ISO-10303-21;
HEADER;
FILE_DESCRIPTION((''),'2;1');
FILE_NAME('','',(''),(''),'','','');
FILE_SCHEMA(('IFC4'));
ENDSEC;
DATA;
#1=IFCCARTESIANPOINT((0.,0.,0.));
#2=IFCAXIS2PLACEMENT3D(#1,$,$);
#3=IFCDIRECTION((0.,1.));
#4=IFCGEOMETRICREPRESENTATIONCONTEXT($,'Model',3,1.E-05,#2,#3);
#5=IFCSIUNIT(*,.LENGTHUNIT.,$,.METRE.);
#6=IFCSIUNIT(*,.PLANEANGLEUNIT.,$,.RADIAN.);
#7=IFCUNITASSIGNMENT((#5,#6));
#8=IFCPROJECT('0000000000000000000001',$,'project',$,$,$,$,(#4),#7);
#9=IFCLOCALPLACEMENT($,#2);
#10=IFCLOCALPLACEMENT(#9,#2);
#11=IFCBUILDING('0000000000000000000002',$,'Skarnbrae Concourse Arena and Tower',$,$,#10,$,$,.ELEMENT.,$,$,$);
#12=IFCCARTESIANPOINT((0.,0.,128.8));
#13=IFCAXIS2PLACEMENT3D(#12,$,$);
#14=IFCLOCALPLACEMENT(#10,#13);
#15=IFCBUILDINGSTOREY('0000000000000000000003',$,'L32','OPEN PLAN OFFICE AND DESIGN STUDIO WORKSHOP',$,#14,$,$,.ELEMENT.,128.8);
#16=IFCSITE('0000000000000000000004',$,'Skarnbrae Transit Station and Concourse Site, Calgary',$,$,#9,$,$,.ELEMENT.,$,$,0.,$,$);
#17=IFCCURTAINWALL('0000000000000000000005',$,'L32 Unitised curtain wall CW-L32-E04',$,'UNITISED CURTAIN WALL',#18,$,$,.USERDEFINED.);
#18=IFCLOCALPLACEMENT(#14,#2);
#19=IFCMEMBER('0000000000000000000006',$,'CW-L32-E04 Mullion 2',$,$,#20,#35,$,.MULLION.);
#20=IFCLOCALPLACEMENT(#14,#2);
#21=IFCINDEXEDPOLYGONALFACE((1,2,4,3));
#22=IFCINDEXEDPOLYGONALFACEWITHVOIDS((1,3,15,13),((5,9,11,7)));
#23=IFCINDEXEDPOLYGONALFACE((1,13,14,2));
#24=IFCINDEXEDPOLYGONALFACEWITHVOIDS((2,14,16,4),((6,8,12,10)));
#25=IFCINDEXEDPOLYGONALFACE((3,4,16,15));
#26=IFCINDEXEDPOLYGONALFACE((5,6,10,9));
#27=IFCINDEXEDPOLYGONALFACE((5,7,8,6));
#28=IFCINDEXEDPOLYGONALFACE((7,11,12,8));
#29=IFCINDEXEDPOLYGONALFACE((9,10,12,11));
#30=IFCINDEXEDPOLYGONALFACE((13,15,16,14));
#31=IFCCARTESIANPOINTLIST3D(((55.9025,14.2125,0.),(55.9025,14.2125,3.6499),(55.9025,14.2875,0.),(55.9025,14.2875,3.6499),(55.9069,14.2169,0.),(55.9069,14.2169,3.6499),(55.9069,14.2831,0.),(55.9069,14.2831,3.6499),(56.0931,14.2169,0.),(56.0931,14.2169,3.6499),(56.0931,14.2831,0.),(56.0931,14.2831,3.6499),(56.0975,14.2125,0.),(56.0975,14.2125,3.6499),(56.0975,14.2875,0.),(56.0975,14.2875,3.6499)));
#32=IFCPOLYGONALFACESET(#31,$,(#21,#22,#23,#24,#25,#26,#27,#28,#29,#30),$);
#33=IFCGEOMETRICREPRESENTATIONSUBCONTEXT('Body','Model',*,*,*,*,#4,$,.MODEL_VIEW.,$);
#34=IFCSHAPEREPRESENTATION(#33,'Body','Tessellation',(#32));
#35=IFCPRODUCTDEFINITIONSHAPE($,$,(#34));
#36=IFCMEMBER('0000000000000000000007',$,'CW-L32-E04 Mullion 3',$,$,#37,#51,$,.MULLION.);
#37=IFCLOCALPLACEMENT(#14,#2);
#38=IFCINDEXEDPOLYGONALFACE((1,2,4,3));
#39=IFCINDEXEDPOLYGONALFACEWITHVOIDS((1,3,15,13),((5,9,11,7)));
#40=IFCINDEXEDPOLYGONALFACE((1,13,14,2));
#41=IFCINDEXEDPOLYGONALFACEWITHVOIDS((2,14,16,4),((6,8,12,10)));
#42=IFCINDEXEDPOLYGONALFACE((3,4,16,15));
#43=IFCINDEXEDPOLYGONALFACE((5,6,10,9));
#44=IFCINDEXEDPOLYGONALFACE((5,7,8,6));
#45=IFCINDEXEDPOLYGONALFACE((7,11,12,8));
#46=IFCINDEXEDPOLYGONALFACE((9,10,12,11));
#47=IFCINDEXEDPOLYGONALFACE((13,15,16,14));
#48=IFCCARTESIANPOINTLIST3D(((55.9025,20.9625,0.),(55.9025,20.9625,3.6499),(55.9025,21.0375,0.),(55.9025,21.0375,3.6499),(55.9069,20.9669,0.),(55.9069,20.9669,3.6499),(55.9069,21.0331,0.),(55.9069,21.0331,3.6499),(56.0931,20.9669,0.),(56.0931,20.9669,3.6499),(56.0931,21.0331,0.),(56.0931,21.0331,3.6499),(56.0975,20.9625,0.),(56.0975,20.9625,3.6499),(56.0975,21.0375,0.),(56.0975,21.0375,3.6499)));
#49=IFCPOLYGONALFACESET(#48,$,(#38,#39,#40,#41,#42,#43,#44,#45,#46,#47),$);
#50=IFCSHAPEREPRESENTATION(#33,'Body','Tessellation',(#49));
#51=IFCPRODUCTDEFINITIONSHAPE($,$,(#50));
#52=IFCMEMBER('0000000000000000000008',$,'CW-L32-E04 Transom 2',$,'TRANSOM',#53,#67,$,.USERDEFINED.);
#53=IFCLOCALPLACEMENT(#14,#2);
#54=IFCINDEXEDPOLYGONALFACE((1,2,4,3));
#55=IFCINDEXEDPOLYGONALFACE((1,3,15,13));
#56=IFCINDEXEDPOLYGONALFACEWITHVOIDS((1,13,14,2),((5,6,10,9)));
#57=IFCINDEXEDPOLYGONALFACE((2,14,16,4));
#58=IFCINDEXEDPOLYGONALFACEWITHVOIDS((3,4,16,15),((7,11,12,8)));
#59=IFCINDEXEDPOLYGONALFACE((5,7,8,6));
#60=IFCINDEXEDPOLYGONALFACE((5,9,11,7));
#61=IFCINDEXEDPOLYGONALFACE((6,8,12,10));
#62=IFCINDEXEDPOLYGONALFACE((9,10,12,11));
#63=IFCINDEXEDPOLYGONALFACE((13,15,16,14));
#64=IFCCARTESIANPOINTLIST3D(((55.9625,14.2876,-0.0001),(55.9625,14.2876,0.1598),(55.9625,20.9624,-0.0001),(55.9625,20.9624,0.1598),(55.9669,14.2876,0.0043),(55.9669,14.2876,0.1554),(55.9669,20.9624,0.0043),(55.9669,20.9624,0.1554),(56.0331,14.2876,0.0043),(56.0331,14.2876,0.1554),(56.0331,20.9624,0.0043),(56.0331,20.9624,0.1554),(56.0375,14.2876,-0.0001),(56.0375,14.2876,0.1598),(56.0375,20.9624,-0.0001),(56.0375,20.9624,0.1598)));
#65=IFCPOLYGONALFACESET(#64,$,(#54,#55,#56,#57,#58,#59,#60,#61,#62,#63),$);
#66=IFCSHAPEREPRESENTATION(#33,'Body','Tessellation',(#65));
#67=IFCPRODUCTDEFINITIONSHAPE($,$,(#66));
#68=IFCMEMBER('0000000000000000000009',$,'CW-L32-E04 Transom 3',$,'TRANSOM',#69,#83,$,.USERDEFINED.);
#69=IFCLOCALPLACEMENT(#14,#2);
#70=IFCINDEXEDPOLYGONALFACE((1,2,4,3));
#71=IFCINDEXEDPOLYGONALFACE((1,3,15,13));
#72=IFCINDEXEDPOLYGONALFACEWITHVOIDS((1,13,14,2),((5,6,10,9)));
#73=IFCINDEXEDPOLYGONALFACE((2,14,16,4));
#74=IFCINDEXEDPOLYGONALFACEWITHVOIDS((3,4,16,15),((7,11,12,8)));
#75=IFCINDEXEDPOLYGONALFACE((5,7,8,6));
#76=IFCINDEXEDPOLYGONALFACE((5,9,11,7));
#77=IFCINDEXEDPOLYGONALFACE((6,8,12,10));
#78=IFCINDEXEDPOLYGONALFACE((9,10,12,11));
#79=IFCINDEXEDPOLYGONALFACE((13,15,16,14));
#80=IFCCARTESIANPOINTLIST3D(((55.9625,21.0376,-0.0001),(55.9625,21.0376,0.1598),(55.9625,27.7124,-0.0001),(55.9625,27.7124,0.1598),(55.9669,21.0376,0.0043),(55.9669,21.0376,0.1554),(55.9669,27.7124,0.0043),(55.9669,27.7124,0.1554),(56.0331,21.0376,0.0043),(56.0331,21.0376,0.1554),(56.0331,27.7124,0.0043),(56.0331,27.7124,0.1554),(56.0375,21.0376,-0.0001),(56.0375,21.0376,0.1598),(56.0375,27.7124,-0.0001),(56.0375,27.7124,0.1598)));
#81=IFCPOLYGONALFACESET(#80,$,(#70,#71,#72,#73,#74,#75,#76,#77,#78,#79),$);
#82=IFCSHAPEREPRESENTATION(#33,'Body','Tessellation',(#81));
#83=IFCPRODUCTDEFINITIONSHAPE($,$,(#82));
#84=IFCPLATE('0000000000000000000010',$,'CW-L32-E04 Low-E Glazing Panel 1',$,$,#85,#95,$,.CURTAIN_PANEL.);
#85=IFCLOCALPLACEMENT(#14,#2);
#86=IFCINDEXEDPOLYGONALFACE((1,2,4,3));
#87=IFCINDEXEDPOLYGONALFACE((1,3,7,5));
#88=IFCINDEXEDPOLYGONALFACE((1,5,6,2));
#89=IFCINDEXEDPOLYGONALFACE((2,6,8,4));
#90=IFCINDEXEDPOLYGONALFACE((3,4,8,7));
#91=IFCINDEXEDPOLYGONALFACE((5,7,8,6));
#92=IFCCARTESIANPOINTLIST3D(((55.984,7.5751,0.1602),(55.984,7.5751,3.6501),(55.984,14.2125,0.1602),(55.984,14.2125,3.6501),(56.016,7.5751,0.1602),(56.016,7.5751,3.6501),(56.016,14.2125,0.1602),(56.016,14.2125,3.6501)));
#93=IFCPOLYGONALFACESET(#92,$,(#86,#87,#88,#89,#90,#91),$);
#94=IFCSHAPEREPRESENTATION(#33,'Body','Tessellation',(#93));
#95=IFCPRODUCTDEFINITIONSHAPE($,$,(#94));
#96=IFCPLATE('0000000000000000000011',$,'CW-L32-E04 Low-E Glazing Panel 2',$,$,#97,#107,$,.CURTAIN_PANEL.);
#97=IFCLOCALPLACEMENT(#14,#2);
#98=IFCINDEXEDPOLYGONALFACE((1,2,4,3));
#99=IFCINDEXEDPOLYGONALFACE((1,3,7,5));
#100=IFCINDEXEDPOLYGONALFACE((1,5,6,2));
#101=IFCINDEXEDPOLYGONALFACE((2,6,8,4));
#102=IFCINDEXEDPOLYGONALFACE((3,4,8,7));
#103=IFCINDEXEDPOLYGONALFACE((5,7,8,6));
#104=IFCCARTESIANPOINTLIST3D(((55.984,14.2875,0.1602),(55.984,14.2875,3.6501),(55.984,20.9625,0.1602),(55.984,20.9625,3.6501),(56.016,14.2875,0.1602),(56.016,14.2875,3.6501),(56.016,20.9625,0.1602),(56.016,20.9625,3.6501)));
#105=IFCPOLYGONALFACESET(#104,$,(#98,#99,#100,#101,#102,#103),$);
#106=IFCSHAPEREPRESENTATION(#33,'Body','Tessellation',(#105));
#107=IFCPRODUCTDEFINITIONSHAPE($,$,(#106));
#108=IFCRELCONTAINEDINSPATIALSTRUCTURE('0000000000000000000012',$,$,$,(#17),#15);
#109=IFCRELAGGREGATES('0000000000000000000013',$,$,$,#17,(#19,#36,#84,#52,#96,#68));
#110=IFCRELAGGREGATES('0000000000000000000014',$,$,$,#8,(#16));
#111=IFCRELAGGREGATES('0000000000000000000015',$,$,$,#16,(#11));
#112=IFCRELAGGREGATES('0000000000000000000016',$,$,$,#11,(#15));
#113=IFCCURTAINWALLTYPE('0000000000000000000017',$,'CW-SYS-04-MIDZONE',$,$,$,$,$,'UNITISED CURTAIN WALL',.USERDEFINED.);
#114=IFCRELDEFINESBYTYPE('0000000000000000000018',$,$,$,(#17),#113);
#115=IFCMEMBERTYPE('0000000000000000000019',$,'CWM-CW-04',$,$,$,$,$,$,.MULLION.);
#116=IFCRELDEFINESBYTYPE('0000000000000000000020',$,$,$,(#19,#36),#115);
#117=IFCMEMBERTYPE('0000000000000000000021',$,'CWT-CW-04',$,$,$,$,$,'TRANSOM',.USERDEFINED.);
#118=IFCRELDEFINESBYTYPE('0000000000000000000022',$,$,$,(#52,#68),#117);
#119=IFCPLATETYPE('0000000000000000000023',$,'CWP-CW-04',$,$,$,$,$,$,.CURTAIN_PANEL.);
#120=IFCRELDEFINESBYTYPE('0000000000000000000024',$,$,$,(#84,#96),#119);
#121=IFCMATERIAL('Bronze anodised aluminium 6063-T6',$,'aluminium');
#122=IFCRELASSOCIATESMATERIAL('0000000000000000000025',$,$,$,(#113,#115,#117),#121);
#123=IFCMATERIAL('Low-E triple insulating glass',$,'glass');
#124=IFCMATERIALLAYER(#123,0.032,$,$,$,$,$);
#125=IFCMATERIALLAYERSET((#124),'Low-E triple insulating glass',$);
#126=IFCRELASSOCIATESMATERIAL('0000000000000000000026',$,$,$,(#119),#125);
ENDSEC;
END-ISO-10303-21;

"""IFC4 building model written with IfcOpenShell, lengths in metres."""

from ifc_helpers import new_model, si_unit, direction, frame, origin, origin_2d, place, context, subcontext, project, spatial, rectangle, hollow_rectangle, extrude, source, transform, mapped, material, layer, layer_set, material_profile, profile_set, type_object, element, aggregate, save


model = new_model("IFC4")

# Units and contexts
model_context = context("Model", 3, precision=1e-05, world=origin(), true_north=direction((0.0, 1.0)))
body_context = subcontext(model_context, "Body", "Model", "MODEL_VIEW")
ifc_project = project(units=[si_unit("LENGTHUNIT", "METRE"), si_unit("PLANEANGLEUNIT", "RADIAN")], contexts=[model_context])

# Site, building, storey
site_placement = place(None, origin())
site = spatial("IfcSite", under=ifc_project, at=site_placement, Name="Skarnbrae Transit Station and Concourse Site, Calgary", CompositionType="ELEMENT", RefElevation=0.0)
building_placement = place(site_placement, origin())
building = spatial("IfcBuilding", under=site, at=building_placement, Name="Skarnbrae Concourse Arena and Tower", CompositionType="ELEMENT")
storey_placement = place(building_placement, frame((0.0, 0.0, 128.8)))
storey = spatial("IfcBuildingStorey", under=building, at=storey_placement, Name="L32", Description="OPEN PLAN OFFICE AND DESIGN STUDIO WORKSHOP", CompositionType="ELEMENT", Elevation=128.8)

# Curtain wall, members, plates
ifc_material_1 = material(Name="Bronze anodised aluminium 6063-T6", Category="aluminium")
curtain_wall_type = type_object("IfcCurtainWallType", Name="CW-SYS-04-MIDZONE", ElementType="UNITISED CURTAIN WALL", PredefinedType="USERDEFINED", material=ifc_material_1)
curtain_wall_placement = place(storey_placement, origin())
curtain_wall = element("IfcCurtainWall", 1, at=curtain_wall_placement, inside=storey, type_object=curtain_wall_type, Name="L32 Unitised curtain wall CW-L32-E04", ObjectType="UNITISED CURTAIN WALL", PredefinedType="USERDEFINED")
ifc_material_profile_1 = material_profile(ifc_material_1, hollow_rectangle(XDim=0.075, YDim=0.1951, WallThickness=0.0044, at=origin_2d()), Name="ALU-MULL-75X195")
ifc_profile_set_1 = profile_set([ifc_material_profile_1], Name="Bronze anodised aluminium 6063-T6")
member_type_1 = type_object("IfcMemberType", Name="CWM-CW-04", PredefinedType="MULLION", material=ifc_profile_set_1)
shared_shape_1 = source(origin(), body_context, "Body", "SweptSolid", [
    extrude(hollow_rectangle(XDim=0.075, YDim=0.1951, WallThickness=0.0044, at=origin_2d()), origin(), (0.0, 0.0, 1.0), 3.6499),
])
member_1_placement = place(storey_placement, frame((56.0, 14.25, 0.0), z_axis=(0.0, 0.0, 1.0), x_axis=(0.0, 1.0, 0.0)))
member_1 = element("IfcMember", 2, at=member_1_placement, type_object=member_type_1, Name="CW-L32-E04 Mullion 2", PredefinedType="MULLION", context=body_context, shape_type="MappedRepresentation", body=[
    mapped(shared_shape_1, transform((0.0, 0.0, 0.0))),
])
member_2_placement = place(storey_placement, frame((56.0, 21.0, 0.0), z_axis=(0.0, 0.0, 1.0), x_axis=(0.0, 1.0, 0.0)))
member_2 = element("IfcMember", 3, at=member_2_placement, type_object=member_type_1, Name="CW-L32-E04 Mullion 3", PredefinedType="MULLION", context=body_context, shape_type="MappedRepresentation", body=[
    mapped(shared_shape_1, transform((0.0, 0.0, 0.0))),
])
ifc_material_profile_2 = material_profile(ifc_material_1, hollow_rectangle(XDim=0.075, YDim=0.1599, WallThickness=0.0044, at=origin_2d()), Name="ALU-TRAN-75X160")
ifc_profile_set_2 = profile_set([ifc_material_profile_2], Name="Bronze anodised aluminium 6063-T6")
member_type_2 = type_object("IfcMemberType", Name="CWT-CW-04", ElementType="TRANSOM", PredefinedType="USERDEFINED", material=ifc_profile_set_2)
shared_shape_2 = source(origin(), body_context, "Body", "SweptSolid", [
    extrude(hollow_rectangle(XDim=0.075, YDim=0.1599, WallThickness=0.0044, at=origin_2d()), origin(), (0.0, 0.0, 1.0), 6.6748),
])
member_3_placement = place(storey_placement, frame((56.0, 14.2876, 0.0798), z_axis=(0.0, 1.0, 0.0), x_axis=(-1.0, 0.0, 0.0)))
member_3 = element("IfcMember", 4, at=member_3_placement, type_object=member_type_2, Name="CW-L32-E04 Transom 2", ObjectType="TRANSOM", PredefinedType="USERDEFINED", context=body_context, shape_type="MappedRepresentation", body=[
    mapped(shared_shape_2, transform((0.0, 0.0, 0.0))),
])
member_4_placement = place(storey_placement, frame((56.0, 21.0376, 0.0798), z_axis=(0.0, 1.0, 0.0), x_axis=(-1.0, 0.0, 0.0)))
member_4 = element("IfcMember", 5, at=member_4_placement, type_object=member_type_2, Name="CW-L32-E04 Transom 3", ObjectType="TRANSOM", PredefinedType="USERDEFINED", context=body_context, shape_type="MappedRepresentation", body=[
    mapped(shared_shape_2, transform((0.0, 0.0, 0.0))),
])
ifc_material_2 = material(Name="Low-E triple insulating glass", Category="glass")
ifc_layer = layer(ifc_material_2, 0.032)
ifc_layer_set = layer_set([ifc_layer], Name="Low-E triple insulating glass")
plate_type = type_object("IfcPlateType", Name="CWP-CW-04", PredefinedType="CURTAIN_PANEL", material=ifc_layer_set)
shared_shape_3 = source(origin(), body_context, "Body", "SweptSolid", [
    extrude(rectangle(XDim=6.6375, YDim=0.032, at=origin_2d()), origin(), (0.0, 0.0, 1.0), 3.49),
])
plate_1_placement = place(storey_placement, frame((56.0, 10.8938, 0.1602), z_axis=(0.0, 0.0, 1.0), x_axis=(0.0, 1.0, 0.0)))
plate_1 = element("IfcPlate", 6, at=plate_1_placement, type_object=plate_type, Name="CW-L32-E04 Low-E Glazing Panel 1", PredefinedType="CURTAIN_PANEL", context=body_context, shape_type="MappedRepresentation", body=[
    mapped(shared_shape_3, transform((0.0, 0.0, 0.0))),
])
shared_shape_4 = source(origin(), body_context, "Body", "SweptSolid", [
    extrude(rectangle(XDim=6.675, YDim=0.032, at=origin_2d()), origin(), (0.0, 0.0, 1.0), 3.49),
])
plate_2_placement = place(storey_placement, frame((56.0, 17.625, 0.1602), z_axis=(0.0, 0.0, 1.0), x_axis=(0.0, 1.0, 0.0)))
plate_2 = element("IfcPlate", 7, at=plate_2_placement, type_object=plate_type, Name="CW-L32-E04 Low-E Glazing Panel 2", PredefinedType="CURTAIN_PANEL", context=body_context, shape_type="MappedRepresentation", body=[
    mapped(shared_shape_4, transform((0.0, 0.0, 0.0))),
])
aggregate(curtain_wall, [member_1, member_2, plate_1, member_3, plate_2, member_4])

save(model, "model.ifc")
